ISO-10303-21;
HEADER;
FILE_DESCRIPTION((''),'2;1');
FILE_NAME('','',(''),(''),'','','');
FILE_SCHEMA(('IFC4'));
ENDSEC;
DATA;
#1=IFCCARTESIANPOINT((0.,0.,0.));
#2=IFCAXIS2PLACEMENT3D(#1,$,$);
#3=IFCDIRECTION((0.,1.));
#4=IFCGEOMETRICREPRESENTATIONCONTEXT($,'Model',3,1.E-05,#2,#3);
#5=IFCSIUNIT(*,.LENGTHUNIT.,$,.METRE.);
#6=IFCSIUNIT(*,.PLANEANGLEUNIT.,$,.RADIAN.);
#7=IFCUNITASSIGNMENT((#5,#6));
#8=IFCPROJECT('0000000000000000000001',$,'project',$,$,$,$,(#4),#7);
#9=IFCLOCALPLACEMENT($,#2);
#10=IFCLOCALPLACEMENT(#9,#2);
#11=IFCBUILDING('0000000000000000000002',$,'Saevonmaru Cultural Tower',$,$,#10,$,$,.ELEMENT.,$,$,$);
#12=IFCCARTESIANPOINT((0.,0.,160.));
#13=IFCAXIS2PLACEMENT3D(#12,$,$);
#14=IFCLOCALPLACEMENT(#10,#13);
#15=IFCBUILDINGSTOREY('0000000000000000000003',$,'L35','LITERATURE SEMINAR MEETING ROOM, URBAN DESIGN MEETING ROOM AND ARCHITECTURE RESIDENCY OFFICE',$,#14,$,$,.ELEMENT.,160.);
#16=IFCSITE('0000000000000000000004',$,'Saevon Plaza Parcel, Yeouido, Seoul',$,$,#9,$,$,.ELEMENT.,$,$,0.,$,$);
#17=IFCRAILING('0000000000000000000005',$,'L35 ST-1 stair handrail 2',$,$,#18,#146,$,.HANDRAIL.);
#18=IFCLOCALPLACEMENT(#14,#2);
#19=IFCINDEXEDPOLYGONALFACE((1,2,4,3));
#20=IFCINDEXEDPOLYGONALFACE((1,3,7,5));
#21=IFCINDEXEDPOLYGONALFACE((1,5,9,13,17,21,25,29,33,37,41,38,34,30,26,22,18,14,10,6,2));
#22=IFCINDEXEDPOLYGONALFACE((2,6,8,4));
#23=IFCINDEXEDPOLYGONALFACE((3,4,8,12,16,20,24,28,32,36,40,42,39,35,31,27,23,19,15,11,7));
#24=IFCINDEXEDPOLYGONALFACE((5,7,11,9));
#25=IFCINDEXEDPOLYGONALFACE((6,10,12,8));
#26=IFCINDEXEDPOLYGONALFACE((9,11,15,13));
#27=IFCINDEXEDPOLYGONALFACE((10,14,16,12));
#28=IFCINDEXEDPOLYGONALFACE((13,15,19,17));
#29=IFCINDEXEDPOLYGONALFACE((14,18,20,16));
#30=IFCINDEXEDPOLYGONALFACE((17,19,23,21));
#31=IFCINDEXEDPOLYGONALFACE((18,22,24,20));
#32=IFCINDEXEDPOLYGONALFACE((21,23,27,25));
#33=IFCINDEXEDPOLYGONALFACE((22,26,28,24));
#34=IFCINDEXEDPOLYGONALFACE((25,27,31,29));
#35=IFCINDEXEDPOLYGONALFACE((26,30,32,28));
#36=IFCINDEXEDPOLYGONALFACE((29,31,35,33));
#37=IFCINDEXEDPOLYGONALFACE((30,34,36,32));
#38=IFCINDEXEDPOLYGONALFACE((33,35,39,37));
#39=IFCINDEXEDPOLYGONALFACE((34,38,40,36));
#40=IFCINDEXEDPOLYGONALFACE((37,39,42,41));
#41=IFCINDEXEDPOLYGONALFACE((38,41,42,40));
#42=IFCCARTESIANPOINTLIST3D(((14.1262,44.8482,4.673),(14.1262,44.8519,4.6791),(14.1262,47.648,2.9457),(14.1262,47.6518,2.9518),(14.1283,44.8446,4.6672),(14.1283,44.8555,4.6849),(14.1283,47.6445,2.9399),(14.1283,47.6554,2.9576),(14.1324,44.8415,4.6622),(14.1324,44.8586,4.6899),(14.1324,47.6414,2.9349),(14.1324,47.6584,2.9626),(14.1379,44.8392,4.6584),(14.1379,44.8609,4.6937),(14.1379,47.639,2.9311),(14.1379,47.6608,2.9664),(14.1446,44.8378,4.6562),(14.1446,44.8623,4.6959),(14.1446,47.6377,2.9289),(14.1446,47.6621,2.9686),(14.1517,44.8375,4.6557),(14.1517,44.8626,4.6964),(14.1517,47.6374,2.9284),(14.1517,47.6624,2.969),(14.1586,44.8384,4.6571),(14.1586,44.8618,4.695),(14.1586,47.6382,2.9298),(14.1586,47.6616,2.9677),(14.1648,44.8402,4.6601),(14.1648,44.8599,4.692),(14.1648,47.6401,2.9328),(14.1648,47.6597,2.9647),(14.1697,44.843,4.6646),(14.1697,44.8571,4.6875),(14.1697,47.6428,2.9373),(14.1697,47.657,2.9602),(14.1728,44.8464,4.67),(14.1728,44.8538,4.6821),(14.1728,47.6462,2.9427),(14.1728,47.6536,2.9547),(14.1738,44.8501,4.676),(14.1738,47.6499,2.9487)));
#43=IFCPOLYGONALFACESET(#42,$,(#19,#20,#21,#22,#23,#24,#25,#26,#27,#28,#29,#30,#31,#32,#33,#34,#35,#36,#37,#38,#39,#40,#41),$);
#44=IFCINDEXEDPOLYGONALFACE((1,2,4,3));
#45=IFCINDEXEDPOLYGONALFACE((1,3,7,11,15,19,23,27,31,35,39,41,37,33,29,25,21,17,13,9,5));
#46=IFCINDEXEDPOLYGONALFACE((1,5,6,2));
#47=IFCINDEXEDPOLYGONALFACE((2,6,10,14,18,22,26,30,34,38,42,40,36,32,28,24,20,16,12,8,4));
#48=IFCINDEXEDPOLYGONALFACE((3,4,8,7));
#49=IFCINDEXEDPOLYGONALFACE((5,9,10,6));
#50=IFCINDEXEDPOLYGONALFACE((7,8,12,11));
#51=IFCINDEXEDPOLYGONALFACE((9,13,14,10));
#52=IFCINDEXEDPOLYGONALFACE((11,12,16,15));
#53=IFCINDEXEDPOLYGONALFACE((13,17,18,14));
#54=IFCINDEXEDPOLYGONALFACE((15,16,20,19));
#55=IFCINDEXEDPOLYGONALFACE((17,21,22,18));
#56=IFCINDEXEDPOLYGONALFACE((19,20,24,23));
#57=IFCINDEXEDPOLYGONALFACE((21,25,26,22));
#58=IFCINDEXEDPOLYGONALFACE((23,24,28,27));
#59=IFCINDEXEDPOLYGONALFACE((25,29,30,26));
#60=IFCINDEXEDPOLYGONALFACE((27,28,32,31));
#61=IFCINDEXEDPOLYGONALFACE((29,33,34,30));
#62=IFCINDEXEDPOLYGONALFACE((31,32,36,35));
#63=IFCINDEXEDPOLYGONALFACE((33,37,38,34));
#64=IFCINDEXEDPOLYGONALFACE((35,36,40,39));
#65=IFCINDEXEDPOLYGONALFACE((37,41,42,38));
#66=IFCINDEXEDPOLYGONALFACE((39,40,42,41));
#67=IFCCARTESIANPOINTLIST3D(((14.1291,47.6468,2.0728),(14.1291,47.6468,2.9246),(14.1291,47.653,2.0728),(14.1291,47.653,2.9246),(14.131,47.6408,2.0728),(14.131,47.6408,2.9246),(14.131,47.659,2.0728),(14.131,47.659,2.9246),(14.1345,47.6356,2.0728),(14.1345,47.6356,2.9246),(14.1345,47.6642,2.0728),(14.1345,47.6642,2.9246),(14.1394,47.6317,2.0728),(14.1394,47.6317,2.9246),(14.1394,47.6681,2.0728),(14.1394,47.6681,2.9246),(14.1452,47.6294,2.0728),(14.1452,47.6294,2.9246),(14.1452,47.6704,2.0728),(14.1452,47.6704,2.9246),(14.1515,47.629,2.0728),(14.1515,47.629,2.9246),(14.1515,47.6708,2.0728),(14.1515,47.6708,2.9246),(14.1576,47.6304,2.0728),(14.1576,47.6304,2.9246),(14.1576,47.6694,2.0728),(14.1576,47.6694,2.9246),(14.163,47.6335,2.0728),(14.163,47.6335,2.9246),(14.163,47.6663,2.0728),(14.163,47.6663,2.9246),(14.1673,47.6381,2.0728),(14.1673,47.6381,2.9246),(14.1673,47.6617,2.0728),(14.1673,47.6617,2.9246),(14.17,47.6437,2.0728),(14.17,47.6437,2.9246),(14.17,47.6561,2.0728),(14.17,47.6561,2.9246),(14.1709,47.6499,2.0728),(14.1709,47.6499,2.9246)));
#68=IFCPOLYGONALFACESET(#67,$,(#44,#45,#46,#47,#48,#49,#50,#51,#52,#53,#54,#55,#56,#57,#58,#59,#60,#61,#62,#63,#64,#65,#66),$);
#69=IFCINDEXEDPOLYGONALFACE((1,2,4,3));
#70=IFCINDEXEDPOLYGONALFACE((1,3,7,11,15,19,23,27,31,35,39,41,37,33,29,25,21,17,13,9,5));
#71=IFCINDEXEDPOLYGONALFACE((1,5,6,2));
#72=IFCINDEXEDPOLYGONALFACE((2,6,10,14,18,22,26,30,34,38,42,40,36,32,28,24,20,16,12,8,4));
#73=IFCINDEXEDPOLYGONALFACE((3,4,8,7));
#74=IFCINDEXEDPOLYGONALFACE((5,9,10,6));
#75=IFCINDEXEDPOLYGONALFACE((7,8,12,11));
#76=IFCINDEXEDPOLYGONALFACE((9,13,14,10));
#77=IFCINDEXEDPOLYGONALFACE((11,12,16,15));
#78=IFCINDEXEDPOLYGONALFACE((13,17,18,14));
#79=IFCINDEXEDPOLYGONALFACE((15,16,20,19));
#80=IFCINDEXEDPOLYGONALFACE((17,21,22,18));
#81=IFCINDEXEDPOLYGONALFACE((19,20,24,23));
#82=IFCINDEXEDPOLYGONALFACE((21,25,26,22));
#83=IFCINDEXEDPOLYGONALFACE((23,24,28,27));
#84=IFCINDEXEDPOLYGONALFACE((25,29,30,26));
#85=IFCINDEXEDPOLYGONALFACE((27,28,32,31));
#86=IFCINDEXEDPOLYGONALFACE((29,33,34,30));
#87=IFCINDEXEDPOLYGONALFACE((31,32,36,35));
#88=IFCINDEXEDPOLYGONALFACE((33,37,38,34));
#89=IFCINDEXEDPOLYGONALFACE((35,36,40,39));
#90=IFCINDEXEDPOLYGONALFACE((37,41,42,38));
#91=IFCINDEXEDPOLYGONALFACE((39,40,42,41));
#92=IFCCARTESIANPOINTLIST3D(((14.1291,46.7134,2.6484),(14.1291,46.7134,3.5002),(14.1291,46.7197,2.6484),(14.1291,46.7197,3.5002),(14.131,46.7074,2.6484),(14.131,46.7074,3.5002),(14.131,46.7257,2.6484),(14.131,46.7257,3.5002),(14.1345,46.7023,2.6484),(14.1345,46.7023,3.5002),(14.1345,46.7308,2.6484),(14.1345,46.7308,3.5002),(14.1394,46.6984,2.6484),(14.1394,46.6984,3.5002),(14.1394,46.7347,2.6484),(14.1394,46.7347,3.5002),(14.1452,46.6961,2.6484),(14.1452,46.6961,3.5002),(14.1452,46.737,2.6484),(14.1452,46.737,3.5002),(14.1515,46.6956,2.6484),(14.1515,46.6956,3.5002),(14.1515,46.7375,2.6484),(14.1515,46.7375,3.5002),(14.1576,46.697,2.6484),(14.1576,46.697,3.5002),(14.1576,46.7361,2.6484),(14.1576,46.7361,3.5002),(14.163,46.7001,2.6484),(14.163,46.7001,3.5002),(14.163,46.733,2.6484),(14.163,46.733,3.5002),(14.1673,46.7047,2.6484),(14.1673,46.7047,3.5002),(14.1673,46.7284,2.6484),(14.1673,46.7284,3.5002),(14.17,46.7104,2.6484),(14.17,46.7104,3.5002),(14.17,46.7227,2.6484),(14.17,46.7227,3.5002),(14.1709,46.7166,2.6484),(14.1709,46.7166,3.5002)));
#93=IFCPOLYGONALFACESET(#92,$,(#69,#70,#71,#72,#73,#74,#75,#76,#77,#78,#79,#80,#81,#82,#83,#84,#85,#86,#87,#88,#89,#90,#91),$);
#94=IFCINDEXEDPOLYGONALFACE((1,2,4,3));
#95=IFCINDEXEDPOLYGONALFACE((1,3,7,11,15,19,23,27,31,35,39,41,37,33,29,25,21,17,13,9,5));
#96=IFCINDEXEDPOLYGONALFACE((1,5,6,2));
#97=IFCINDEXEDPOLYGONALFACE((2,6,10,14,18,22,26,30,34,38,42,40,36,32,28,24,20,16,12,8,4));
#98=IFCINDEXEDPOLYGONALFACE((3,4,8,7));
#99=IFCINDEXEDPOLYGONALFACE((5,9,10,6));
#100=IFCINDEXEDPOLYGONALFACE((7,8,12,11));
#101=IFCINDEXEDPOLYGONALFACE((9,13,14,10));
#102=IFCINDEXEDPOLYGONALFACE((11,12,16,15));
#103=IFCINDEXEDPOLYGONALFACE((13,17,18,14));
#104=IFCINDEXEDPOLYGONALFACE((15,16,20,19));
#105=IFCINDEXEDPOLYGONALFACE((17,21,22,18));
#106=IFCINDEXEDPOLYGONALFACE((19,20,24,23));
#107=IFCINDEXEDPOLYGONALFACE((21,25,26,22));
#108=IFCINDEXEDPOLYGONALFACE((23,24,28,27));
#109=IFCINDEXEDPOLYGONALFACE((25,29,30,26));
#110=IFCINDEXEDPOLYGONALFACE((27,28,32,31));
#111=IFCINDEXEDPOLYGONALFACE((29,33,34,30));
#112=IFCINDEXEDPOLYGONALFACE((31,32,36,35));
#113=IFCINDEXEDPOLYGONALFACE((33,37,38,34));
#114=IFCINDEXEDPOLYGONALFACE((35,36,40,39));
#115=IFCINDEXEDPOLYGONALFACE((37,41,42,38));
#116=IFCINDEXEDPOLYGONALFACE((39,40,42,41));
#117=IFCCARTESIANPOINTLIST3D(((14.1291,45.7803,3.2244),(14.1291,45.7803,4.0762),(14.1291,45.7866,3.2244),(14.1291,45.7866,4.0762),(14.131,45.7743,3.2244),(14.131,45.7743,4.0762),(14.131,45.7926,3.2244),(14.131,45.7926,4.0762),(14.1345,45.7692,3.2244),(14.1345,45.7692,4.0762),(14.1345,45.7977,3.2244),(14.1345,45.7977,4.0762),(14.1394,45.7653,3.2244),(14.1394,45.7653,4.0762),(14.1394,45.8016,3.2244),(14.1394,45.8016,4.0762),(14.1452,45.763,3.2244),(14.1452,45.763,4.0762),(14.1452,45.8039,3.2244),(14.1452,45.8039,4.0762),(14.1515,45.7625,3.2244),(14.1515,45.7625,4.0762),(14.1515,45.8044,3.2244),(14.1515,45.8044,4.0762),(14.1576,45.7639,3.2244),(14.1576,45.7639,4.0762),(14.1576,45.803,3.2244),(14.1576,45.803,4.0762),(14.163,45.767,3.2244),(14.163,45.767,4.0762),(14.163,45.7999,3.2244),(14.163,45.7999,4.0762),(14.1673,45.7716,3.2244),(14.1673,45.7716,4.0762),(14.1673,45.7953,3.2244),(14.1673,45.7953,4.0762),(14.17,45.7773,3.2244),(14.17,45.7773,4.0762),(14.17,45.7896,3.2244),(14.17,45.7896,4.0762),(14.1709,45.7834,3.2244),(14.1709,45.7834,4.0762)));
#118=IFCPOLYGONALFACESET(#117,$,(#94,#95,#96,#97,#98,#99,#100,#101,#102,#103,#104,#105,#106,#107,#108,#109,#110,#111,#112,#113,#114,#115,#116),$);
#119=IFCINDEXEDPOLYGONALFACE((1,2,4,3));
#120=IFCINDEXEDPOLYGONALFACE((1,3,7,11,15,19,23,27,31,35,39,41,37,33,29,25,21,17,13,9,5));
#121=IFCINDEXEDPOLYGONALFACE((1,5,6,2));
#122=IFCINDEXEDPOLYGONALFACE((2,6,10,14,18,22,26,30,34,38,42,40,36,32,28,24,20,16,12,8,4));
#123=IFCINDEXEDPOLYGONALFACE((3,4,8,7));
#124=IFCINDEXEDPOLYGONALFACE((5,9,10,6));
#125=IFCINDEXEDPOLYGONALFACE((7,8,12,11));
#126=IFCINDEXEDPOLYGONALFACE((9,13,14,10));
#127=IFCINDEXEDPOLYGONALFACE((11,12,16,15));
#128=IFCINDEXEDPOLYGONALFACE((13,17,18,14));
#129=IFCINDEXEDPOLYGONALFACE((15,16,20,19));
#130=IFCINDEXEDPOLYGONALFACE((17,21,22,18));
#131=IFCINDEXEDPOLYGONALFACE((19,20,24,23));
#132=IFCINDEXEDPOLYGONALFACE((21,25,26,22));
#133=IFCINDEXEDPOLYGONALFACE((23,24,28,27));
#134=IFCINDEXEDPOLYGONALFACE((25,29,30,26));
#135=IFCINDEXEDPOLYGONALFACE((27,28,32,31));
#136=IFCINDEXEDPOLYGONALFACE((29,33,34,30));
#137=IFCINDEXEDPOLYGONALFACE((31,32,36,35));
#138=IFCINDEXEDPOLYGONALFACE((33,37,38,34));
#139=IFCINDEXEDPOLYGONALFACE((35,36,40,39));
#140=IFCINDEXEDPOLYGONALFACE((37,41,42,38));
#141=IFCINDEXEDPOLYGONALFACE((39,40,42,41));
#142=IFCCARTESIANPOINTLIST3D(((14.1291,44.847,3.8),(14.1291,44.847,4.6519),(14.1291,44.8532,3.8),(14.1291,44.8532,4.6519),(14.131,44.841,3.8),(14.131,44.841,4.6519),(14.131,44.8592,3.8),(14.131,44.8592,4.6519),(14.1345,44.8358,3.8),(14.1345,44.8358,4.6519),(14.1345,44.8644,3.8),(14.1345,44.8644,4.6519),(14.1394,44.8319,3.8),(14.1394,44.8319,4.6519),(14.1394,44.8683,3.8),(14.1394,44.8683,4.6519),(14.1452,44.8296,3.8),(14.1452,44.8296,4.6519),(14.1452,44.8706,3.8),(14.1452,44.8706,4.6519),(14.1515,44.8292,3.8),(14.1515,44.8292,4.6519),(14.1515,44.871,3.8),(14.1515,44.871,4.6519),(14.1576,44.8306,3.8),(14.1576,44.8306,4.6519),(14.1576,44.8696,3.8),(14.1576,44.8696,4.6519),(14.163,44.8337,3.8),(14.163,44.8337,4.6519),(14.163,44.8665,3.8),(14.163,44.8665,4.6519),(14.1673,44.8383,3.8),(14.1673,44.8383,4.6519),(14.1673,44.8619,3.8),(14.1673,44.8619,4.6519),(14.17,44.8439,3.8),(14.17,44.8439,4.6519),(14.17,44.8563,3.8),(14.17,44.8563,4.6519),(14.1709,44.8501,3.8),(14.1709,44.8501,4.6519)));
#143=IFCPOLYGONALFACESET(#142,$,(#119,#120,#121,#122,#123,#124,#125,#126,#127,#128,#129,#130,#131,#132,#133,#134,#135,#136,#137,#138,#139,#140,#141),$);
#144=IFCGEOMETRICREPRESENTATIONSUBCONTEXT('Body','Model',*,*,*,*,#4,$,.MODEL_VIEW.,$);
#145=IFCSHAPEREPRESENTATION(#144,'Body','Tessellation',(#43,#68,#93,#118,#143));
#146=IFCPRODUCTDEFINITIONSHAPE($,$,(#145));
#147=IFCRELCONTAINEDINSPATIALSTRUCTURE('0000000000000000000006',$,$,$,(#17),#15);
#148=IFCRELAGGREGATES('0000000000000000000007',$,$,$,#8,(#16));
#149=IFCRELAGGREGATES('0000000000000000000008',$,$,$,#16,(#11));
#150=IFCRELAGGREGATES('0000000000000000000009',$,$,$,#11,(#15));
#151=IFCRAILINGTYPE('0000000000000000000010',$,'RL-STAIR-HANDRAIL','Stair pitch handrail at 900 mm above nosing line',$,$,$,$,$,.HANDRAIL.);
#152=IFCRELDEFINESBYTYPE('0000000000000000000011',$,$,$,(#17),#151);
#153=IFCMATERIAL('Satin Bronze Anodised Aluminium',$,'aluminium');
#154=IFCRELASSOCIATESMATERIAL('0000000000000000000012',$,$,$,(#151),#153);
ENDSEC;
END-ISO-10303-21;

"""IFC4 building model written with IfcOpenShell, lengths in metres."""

from ifc_helpers import new_model, si_unit, direction, frame, origin, origin_2d, place, context, subcontext, project, spatial, circle, extrude, material, type_object, element, save


model = new_model("IFC4")

# Units and contexts
model_context = context("Model", 3, precision=1e-05, world=origin(), true_north=direction((0.0, 1.0)))
body_context = subcontext(model_context, "Body", "Model", "MODEL_VIEW")
ifc_project = project(units=[si_unit("LENGTHUNIT", "METRE"), si_unit("PLANEANGLEUNIT", "RADIAN")], contexts=[model_context])

# Site, building, storey
site_placement = place(None, origin())
site = spatial("IfcSite", under=ifc_project, at=site_placement, Name="Saevon Plaza Parcel, Yeouido, Seoul", CompositionType="ELEMENT", RefElevation=0.0)
building_placement = place(site_placement, origin())
building = spatial("IfcBuilding", under=site, at=building_placement, Name="Saevonmaru Cultural Tower", CompositionType="ELEMENT")
storey_placement = place(building_placement, frame((0.0, 0.0, 160.0)))
storey = spatial("IfcBuildingStorey", under=building, at=storey_placement, Name="L35", Description="LITERATURE SEMINAR MEETING ROOM, URBAN DESIGN MEETING ROOM AND ARCHITECTURE RESIDENCY OFFICE", CompositionType="ELEMENT", Elevation=160.0)

# Shared definitions
ifc_material_1 = material(Name="Satin Bronze Anodised Aluminium", Category="aluminium")

# Railing
railing_type_1 = type_object("IfcRailingType", Name="RL-STAIR-HANDRAIL", Description="Stair pitch handrail at 900 mm above nosing line", PredefinedType="HANDRAIL", material=ifc_material_1)
railing_1_placement = place(storey_placement, frame((14.1499, 47.6499, 2.0728)))
element("IfcRailing", 1, at=railing_1_placement, inside=storey, type_object=railing_type_1, Name="L35 ST-1 stair handrail 2", PredefinedType="HANDRAIL", context=body_context, shape_type="SweptSolid", body=[
    extrude(circle(Radius=0.0239, at=origin_2d()), frame((0.0, 0.0, 0.876), z_axis=(0.0, -0.851069, 0.525054), x_axis=(1.0, 0.0, 0.0)), (0.0, 0.0, 1.0), 3.2898),
    extrude(circle(Radius=0.021, at=origin_2d()), origin(), (0.0, 0.0, 1.0), 0.8518),
    extrude(circle(Radius=0.021, at=origin_2d()), frame((0.0, -0.9333, 0.5757)), (0.0, 0.0, 1.0), 0.8518),
    extrude(circle(Radius=0.021, at=origin_2d()), frame((0.0, -1.8665, 1.1516)), (0.0, 0.0, 1.0), 0.8518),
    extrude(circle(Radius=0.021, at=origin_2d()), frame((0.0, -2.7998, 1.7273)), (0.0, 0.0, 1.0), 0.8518),
])

save(model, "model.ifc")
